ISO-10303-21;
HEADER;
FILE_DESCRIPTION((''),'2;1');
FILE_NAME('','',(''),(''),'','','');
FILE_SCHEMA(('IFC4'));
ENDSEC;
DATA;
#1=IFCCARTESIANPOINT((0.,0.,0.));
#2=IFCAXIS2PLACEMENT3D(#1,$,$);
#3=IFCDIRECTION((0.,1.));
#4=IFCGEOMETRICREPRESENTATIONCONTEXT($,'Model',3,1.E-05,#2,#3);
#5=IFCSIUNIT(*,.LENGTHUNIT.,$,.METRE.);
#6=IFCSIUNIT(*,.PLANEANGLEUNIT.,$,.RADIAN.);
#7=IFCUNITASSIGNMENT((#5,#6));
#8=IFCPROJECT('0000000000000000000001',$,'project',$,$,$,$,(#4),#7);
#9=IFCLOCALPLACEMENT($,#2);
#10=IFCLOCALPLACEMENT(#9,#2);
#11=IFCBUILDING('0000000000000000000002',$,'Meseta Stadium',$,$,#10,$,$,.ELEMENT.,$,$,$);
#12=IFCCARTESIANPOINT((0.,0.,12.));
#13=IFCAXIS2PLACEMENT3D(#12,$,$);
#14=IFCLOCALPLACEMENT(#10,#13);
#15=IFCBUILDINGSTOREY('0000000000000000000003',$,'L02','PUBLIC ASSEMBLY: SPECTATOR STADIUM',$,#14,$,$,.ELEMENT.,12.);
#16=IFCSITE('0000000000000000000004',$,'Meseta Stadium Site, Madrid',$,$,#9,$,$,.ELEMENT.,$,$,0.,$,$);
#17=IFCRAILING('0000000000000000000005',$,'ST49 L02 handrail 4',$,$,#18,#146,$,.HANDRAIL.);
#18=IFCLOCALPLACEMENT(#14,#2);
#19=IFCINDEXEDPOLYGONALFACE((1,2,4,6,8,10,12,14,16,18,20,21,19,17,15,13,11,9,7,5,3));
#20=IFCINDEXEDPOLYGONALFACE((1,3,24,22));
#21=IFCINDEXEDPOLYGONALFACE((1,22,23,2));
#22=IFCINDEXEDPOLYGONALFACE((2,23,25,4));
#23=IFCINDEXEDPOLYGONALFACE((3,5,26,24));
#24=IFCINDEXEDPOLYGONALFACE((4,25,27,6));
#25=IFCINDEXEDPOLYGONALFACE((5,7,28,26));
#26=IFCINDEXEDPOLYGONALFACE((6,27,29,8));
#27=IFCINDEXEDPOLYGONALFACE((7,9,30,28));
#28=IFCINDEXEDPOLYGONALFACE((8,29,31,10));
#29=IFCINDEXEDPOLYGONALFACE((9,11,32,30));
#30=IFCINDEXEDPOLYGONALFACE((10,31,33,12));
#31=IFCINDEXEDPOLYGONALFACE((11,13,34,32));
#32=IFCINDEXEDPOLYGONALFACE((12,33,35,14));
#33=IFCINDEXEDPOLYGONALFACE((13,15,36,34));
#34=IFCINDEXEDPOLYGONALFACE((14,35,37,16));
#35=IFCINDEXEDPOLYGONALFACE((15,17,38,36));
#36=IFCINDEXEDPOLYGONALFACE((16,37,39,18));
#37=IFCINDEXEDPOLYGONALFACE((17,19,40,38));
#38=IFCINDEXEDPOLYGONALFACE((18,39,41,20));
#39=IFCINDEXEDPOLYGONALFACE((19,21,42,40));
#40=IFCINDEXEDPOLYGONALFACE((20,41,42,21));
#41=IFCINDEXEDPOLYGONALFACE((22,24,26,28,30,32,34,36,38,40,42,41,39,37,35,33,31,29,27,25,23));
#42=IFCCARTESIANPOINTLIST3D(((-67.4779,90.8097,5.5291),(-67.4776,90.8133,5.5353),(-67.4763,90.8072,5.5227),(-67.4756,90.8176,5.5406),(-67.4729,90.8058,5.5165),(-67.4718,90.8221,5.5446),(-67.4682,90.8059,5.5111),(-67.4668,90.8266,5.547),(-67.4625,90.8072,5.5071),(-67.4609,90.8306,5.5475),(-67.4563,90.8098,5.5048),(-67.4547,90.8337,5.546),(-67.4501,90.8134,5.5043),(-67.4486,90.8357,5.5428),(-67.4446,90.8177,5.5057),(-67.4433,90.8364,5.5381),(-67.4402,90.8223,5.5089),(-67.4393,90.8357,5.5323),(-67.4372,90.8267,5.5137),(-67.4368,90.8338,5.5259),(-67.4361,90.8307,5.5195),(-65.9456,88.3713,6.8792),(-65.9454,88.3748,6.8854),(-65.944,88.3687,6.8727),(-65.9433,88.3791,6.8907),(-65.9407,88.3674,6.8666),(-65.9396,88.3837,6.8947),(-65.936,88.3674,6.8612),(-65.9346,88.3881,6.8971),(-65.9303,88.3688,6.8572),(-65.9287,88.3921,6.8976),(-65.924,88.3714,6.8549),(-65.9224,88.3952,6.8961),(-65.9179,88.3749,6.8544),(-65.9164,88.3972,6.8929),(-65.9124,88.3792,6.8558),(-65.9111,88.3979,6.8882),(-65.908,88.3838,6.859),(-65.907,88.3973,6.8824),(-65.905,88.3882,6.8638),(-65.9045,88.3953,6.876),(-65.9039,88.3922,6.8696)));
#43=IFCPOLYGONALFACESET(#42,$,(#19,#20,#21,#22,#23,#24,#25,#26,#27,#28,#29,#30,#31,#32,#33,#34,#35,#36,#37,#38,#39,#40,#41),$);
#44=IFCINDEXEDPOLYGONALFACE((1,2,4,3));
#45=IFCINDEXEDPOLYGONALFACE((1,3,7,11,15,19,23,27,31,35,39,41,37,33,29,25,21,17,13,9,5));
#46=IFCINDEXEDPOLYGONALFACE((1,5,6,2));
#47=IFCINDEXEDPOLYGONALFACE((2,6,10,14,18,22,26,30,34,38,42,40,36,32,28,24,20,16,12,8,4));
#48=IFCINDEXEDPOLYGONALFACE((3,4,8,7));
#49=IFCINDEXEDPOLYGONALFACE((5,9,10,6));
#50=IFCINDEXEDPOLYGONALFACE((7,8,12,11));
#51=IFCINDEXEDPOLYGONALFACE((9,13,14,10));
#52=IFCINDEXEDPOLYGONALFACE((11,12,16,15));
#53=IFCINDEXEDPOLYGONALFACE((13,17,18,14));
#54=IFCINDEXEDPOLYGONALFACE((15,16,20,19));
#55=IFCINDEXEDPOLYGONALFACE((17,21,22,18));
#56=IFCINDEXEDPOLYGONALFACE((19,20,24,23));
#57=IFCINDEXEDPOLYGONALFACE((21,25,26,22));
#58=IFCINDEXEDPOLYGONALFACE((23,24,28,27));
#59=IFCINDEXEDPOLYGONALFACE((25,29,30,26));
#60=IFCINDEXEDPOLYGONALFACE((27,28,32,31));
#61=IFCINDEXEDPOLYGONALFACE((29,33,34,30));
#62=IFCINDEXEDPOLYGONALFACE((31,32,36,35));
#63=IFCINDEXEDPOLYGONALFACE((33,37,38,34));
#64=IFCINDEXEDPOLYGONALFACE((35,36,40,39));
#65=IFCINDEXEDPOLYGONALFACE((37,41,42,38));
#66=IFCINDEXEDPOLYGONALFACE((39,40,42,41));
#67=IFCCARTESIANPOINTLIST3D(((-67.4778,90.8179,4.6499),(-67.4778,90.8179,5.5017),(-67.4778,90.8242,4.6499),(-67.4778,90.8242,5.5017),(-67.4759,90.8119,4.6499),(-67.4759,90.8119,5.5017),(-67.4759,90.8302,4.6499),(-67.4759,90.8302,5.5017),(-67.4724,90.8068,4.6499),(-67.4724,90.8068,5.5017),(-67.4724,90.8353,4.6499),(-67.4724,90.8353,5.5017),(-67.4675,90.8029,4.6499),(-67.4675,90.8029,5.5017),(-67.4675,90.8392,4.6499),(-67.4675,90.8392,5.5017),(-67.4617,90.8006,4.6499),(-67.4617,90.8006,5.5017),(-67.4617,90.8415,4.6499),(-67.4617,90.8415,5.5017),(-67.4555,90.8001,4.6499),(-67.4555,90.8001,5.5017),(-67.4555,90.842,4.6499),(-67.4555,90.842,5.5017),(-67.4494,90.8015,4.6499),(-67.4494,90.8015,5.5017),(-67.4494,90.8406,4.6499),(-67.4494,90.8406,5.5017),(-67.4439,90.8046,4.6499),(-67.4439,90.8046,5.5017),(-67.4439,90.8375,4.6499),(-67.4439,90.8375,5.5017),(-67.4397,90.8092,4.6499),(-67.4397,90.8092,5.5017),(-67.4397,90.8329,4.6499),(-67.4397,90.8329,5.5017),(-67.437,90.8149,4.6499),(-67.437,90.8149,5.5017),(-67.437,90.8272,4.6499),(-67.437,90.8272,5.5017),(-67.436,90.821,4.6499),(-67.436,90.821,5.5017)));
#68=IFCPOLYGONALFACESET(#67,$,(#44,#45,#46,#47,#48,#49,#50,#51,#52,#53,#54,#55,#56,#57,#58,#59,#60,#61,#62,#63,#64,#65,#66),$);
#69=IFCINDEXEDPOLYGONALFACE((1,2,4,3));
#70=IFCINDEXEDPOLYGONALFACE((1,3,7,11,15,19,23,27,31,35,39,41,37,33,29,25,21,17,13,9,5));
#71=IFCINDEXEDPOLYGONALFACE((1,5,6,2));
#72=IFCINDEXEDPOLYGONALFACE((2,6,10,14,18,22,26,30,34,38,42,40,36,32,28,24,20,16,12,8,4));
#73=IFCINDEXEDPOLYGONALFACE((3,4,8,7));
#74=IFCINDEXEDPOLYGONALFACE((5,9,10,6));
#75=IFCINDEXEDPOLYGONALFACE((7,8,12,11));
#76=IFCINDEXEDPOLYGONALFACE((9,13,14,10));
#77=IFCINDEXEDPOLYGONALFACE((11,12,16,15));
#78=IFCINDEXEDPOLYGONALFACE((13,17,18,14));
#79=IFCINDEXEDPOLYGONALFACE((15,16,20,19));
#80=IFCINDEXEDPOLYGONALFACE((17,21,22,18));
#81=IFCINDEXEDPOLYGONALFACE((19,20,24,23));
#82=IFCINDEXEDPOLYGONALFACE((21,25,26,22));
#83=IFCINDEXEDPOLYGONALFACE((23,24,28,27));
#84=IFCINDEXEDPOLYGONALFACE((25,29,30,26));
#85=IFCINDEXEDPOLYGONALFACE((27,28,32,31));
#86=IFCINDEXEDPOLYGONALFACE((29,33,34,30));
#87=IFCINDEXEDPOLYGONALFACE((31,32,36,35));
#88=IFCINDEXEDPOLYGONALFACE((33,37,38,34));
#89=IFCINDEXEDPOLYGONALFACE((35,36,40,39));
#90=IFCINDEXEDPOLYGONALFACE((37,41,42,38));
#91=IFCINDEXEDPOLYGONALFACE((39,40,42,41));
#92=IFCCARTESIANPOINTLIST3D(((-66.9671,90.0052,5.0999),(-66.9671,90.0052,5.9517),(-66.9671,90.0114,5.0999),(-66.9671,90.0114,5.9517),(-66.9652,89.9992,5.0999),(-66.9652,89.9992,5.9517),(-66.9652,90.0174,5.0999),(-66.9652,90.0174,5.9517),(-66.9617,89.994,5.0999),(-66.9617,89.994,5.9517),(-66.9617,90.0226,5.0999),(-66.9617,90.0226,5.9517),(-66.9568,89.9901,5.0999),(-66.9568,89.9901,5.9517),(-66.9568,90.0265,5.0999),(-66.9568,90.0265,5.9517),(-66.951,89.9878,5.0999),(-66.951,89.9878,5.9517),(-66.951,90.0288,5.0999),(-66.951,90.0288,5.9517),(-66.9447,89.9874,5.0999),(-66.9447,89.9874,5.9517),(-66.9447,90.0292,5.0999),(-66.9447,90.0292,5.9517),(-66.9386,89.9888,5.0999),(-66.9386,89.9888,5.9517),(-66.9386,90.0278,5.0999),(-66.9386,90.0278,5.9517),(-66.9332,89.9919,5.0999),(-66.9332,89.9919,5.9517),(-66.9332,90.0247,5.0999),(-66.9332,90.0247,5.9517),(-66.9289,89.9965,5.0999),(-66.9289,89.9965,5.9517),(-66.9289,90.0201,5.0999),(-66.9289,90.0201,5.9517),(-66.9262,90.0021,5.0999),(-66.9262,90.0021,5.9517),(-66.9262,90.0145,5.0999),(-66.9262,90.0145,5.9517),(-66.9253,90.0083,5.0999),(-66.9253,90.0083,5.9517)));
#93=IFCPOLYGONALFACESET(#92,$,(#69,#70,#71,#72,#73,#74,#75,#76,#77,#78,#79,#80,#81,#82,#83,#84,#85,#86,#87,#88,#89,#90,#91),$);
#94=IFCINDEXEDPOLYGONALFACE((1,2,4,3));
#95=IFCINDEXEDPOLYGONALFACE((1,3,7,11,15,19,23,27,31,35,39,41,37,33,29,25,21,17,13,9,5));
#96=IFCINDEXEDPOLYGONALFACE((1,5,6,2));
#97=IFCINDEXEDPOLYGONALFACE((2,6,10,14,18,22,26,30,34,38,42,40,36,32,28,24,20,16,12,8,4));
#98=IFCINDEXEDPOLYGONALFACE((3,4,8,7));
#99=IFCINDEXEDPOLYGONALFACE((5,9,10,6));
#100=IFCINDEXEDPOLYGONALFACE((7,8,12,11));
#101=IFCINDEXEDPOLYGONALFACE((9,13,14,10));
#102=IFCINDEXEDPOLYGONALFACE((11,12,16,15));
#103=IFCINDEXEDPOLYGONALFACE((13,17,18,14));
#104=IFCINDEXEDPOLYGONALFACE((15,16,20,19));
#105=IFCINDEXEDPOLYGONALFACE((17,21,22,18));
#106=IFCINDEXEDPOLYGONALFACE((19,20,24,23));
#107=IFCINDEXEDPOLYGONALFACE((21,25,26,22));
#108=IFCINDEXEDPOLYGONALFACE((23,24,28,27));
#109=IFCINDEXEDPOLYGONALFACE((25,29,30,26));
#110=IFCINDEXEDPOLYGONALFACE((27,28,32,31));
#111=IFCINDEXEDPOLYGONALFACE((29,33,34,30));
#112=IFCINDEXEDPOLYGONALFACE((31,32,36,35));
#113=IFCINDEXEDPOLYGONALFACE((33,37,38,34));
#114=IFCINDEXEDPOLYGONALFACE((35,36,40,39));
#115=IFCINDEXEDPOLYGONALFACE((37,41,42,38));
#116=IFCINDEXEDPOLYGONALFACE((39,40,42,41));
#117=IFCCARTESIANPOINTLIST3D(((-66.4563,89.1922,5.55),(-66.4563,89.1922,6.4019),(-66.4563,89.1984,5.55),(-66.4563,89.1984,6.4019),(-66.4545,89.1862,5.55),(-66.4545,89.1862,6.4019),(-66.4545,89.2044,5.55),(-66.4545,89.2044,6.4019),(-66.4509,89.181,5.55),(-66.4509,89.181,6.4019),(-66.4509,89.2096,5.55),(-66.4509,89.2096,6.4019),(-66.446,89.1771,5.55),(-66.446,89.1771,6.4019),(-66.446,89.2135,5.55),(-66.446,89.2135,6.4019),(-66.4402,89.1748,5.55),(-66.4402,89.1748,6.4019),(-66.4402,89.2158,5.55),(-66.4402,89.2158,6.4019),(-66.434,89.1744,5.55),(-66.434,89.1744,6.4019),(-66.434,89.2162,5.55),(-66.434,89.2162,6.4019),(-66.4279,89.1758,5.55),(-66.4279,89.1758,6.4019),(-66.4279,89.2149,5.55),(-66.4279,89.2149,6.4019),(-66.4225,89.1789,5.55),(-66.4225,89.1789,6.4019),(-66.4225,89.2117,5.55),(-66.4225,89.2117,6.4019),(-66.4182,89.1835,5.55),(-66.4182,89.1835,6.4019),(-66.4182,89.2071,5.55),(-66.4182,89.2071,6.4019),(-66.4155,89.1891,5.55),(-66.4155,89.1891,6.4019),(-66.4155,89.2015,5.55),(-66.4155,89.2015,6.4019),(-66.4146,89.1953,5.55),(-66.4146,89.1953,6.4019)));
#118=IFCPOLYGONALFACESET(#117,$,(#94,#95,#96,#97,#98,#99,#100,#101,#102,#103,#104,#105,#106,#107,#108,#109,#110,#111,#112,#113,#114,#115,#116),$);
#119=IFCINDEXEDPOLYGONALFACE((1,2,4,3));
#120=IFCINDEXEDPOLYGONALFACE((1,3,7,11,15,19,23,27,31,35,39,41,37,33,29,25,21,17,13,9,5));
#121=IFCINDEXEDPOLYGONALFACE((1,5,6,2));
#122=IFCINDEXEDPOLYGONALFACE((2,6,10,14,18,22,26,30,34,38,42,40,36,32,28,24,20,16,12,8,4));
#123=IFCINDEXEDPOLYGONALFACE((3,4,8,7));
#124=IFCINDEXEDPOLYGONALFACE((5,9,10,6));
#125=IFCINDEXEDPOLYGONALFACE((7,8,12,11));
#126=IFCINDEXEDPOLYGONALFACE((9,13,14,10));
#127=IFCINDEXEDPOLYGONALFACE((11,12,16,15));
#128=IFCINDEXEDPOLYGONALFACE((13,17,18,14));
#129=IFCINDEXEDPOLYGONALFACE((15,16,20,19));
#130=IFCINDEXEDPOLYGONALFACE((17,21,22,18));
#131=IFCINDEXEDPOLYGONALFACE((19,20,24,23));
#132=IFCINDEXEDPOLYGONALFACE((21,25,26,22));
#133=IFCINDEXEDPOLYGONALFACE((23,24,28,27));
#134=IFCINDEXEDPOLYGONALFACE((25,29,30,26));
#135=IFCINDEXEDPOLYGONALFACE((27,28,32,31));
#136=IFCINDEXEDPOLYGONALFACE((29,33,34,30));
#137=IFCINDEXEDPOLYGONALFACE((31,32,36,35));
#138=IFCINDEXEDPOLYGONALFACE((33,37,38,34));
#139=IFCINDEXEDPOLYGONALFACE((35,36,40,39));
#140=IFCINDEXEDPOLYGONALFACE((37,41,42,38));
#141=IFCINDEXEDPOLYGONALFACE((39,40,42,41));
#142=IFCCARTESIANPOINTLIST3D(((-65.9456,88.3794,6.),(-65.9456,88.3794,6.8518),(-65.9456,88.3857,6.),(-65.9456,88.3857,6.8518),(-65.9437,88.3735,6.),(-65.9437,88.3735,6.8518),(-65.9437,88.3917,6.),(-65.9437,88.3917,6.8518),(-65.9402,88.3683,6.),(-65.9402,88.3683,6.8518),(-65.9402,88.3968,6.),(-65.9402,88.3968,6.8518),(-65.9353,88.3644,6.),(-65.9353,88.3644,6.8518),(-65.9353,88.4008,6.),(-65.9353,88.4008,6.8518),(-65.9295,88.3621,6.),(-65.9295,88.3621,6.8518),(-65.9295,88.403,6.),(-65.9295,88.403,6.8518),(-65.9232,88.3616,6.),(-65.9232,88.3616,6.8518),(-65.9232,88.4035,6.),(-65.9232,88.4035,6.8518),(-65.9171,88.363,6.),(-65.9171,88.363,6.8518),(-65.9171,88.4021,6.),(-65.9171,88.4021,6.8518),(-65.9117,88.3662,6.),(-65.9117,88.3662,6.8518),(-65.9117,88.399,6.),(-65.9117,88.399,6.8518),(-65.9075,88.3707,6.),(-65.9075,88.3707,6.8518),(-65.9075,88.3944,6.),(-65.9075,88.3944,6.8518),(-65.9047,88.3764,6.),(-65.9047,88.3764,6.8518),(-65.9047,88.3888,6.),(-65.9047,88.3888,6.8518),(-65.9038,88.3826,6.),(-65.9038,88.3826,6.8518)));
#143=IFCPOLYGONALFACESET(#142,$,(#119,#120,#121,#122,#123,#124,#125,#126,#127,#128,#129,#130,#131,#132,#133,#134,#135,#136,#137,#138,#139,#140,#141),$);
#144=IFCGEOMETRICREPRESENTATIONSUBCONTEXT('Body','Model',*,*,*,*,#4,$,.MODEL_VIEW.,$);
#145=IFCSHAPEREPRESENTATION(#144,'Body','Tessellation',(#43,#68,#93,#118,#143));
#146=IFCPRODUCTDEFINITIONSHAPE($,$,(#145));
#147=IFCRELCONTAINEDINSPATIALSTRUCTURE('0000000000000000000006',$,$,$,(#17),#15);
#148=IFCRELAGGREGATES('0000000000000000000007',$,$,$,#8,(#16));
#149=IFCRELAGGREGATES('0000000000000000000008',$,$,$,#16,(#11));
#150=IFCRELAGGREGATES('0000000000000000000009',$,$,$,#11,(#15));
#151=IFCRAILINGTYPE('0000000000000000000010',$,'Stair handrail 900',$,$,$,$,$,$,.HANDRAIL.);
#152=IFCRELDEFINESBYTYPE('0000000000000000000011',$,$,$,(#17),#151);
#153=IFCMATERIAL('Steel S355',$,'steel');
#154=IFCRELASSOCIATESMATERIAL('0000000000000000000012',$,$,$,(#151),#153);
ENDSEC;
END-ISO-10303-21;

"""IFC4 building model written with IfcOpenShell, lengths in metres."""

from ifc_helpers import new_model, si_unit, direction, frame, origin, origin_2d, place, context, subcontext, project, spatial, circle, extrude, material, type_object, element, save


model = new_model("IFC4")

# Units and contexts
model_context = context("Model", 3, precision=1e-05, world=origin(), true_north=direction((0.0, 1.0)))
body_context = subcontext(model_context, "Body", "Model", "MODEL_VIEW")
ifc_project = project(units=[si_unit("LENGTHUNIT", "METRE"), si_unit("PLANEANGLEUNIT", "RADIAN")], contexts=[model_context])

# Site, building, storey
site_placement = place(None, origin())
site = spatial("IfcSite", under=ifc_project, at=site_placement, Name="Meseta Stadium Site, Madrid", CompositionType="ELEMENT", RefElevation=0.0)
building_placement = place(site_placement, origin())
building = spatial("IfcBuilding", under=site, at=building_placement, Name="Meseta Stadium", CompositionType="ELEMENT")
storey_placement = place(building_placement, frame((0.0, 0.0, 12.0)))
storey = spatial("IfcBuildingStorey", under=building, at=storey_placement, Name="L02", Description="PUBLIC ASSEMBLY: SPECTATOR STADIUM", CompositionType="ELEMENT", Elevation=12.0)

# Railing
ifc_material_1 = material(Name="Steel S355", Category="steel")
railing_type_1 = type_object("IfcRailingType", Name="Stair handrail 900", PredefinedType="HANDRAIL", material=ifc_material_1)
railing_1_placement = place(storey_placement, frame((-67.457, 90.821, 4.6499)))
element("IfcRailing", 1, at=railing_1_placement, inside=storey, type_object=railing_type_1, Name="ST49 L02 handrail 4", PredefinedType="HANDRAIL", context=body_context, shape_type="SweptSolid", body=[
    extrude(circle(Radius=0.0239, at=origin_2d()), frame((0.0, 0.0, 0.876), z_axis=(0.481731, -0.766655, 0.42447), x_axis=(0.846719, 0.53204, 0.0)), (0.0, 0.0, 1.0), 3.1807),
    extrude(circle(Radius=0.021, at=origin_2d()), origin(), (0.0, 0.0, 1.0), 0.8518),
    extrude(circle(Radius=0.021, at=origin_2d()), frame((0.5107, -0.8127, 0.45)), (0.0, 0.0, 1.0), 0.8518),
    extrude(circle(Radius=0.021, at=origin_2d()), frame((1.0215, -1.6257, 0.9001)), (0.0, 0.0, 1.0), 0.8518),
    extrude(circle(Radius=0.021, at=origin_2d()), frame((1.5322, -2.4385, 1.3501)), (0.0, 0.0, 1.0), 0.8518),
])

save(model, "model.ifc")
